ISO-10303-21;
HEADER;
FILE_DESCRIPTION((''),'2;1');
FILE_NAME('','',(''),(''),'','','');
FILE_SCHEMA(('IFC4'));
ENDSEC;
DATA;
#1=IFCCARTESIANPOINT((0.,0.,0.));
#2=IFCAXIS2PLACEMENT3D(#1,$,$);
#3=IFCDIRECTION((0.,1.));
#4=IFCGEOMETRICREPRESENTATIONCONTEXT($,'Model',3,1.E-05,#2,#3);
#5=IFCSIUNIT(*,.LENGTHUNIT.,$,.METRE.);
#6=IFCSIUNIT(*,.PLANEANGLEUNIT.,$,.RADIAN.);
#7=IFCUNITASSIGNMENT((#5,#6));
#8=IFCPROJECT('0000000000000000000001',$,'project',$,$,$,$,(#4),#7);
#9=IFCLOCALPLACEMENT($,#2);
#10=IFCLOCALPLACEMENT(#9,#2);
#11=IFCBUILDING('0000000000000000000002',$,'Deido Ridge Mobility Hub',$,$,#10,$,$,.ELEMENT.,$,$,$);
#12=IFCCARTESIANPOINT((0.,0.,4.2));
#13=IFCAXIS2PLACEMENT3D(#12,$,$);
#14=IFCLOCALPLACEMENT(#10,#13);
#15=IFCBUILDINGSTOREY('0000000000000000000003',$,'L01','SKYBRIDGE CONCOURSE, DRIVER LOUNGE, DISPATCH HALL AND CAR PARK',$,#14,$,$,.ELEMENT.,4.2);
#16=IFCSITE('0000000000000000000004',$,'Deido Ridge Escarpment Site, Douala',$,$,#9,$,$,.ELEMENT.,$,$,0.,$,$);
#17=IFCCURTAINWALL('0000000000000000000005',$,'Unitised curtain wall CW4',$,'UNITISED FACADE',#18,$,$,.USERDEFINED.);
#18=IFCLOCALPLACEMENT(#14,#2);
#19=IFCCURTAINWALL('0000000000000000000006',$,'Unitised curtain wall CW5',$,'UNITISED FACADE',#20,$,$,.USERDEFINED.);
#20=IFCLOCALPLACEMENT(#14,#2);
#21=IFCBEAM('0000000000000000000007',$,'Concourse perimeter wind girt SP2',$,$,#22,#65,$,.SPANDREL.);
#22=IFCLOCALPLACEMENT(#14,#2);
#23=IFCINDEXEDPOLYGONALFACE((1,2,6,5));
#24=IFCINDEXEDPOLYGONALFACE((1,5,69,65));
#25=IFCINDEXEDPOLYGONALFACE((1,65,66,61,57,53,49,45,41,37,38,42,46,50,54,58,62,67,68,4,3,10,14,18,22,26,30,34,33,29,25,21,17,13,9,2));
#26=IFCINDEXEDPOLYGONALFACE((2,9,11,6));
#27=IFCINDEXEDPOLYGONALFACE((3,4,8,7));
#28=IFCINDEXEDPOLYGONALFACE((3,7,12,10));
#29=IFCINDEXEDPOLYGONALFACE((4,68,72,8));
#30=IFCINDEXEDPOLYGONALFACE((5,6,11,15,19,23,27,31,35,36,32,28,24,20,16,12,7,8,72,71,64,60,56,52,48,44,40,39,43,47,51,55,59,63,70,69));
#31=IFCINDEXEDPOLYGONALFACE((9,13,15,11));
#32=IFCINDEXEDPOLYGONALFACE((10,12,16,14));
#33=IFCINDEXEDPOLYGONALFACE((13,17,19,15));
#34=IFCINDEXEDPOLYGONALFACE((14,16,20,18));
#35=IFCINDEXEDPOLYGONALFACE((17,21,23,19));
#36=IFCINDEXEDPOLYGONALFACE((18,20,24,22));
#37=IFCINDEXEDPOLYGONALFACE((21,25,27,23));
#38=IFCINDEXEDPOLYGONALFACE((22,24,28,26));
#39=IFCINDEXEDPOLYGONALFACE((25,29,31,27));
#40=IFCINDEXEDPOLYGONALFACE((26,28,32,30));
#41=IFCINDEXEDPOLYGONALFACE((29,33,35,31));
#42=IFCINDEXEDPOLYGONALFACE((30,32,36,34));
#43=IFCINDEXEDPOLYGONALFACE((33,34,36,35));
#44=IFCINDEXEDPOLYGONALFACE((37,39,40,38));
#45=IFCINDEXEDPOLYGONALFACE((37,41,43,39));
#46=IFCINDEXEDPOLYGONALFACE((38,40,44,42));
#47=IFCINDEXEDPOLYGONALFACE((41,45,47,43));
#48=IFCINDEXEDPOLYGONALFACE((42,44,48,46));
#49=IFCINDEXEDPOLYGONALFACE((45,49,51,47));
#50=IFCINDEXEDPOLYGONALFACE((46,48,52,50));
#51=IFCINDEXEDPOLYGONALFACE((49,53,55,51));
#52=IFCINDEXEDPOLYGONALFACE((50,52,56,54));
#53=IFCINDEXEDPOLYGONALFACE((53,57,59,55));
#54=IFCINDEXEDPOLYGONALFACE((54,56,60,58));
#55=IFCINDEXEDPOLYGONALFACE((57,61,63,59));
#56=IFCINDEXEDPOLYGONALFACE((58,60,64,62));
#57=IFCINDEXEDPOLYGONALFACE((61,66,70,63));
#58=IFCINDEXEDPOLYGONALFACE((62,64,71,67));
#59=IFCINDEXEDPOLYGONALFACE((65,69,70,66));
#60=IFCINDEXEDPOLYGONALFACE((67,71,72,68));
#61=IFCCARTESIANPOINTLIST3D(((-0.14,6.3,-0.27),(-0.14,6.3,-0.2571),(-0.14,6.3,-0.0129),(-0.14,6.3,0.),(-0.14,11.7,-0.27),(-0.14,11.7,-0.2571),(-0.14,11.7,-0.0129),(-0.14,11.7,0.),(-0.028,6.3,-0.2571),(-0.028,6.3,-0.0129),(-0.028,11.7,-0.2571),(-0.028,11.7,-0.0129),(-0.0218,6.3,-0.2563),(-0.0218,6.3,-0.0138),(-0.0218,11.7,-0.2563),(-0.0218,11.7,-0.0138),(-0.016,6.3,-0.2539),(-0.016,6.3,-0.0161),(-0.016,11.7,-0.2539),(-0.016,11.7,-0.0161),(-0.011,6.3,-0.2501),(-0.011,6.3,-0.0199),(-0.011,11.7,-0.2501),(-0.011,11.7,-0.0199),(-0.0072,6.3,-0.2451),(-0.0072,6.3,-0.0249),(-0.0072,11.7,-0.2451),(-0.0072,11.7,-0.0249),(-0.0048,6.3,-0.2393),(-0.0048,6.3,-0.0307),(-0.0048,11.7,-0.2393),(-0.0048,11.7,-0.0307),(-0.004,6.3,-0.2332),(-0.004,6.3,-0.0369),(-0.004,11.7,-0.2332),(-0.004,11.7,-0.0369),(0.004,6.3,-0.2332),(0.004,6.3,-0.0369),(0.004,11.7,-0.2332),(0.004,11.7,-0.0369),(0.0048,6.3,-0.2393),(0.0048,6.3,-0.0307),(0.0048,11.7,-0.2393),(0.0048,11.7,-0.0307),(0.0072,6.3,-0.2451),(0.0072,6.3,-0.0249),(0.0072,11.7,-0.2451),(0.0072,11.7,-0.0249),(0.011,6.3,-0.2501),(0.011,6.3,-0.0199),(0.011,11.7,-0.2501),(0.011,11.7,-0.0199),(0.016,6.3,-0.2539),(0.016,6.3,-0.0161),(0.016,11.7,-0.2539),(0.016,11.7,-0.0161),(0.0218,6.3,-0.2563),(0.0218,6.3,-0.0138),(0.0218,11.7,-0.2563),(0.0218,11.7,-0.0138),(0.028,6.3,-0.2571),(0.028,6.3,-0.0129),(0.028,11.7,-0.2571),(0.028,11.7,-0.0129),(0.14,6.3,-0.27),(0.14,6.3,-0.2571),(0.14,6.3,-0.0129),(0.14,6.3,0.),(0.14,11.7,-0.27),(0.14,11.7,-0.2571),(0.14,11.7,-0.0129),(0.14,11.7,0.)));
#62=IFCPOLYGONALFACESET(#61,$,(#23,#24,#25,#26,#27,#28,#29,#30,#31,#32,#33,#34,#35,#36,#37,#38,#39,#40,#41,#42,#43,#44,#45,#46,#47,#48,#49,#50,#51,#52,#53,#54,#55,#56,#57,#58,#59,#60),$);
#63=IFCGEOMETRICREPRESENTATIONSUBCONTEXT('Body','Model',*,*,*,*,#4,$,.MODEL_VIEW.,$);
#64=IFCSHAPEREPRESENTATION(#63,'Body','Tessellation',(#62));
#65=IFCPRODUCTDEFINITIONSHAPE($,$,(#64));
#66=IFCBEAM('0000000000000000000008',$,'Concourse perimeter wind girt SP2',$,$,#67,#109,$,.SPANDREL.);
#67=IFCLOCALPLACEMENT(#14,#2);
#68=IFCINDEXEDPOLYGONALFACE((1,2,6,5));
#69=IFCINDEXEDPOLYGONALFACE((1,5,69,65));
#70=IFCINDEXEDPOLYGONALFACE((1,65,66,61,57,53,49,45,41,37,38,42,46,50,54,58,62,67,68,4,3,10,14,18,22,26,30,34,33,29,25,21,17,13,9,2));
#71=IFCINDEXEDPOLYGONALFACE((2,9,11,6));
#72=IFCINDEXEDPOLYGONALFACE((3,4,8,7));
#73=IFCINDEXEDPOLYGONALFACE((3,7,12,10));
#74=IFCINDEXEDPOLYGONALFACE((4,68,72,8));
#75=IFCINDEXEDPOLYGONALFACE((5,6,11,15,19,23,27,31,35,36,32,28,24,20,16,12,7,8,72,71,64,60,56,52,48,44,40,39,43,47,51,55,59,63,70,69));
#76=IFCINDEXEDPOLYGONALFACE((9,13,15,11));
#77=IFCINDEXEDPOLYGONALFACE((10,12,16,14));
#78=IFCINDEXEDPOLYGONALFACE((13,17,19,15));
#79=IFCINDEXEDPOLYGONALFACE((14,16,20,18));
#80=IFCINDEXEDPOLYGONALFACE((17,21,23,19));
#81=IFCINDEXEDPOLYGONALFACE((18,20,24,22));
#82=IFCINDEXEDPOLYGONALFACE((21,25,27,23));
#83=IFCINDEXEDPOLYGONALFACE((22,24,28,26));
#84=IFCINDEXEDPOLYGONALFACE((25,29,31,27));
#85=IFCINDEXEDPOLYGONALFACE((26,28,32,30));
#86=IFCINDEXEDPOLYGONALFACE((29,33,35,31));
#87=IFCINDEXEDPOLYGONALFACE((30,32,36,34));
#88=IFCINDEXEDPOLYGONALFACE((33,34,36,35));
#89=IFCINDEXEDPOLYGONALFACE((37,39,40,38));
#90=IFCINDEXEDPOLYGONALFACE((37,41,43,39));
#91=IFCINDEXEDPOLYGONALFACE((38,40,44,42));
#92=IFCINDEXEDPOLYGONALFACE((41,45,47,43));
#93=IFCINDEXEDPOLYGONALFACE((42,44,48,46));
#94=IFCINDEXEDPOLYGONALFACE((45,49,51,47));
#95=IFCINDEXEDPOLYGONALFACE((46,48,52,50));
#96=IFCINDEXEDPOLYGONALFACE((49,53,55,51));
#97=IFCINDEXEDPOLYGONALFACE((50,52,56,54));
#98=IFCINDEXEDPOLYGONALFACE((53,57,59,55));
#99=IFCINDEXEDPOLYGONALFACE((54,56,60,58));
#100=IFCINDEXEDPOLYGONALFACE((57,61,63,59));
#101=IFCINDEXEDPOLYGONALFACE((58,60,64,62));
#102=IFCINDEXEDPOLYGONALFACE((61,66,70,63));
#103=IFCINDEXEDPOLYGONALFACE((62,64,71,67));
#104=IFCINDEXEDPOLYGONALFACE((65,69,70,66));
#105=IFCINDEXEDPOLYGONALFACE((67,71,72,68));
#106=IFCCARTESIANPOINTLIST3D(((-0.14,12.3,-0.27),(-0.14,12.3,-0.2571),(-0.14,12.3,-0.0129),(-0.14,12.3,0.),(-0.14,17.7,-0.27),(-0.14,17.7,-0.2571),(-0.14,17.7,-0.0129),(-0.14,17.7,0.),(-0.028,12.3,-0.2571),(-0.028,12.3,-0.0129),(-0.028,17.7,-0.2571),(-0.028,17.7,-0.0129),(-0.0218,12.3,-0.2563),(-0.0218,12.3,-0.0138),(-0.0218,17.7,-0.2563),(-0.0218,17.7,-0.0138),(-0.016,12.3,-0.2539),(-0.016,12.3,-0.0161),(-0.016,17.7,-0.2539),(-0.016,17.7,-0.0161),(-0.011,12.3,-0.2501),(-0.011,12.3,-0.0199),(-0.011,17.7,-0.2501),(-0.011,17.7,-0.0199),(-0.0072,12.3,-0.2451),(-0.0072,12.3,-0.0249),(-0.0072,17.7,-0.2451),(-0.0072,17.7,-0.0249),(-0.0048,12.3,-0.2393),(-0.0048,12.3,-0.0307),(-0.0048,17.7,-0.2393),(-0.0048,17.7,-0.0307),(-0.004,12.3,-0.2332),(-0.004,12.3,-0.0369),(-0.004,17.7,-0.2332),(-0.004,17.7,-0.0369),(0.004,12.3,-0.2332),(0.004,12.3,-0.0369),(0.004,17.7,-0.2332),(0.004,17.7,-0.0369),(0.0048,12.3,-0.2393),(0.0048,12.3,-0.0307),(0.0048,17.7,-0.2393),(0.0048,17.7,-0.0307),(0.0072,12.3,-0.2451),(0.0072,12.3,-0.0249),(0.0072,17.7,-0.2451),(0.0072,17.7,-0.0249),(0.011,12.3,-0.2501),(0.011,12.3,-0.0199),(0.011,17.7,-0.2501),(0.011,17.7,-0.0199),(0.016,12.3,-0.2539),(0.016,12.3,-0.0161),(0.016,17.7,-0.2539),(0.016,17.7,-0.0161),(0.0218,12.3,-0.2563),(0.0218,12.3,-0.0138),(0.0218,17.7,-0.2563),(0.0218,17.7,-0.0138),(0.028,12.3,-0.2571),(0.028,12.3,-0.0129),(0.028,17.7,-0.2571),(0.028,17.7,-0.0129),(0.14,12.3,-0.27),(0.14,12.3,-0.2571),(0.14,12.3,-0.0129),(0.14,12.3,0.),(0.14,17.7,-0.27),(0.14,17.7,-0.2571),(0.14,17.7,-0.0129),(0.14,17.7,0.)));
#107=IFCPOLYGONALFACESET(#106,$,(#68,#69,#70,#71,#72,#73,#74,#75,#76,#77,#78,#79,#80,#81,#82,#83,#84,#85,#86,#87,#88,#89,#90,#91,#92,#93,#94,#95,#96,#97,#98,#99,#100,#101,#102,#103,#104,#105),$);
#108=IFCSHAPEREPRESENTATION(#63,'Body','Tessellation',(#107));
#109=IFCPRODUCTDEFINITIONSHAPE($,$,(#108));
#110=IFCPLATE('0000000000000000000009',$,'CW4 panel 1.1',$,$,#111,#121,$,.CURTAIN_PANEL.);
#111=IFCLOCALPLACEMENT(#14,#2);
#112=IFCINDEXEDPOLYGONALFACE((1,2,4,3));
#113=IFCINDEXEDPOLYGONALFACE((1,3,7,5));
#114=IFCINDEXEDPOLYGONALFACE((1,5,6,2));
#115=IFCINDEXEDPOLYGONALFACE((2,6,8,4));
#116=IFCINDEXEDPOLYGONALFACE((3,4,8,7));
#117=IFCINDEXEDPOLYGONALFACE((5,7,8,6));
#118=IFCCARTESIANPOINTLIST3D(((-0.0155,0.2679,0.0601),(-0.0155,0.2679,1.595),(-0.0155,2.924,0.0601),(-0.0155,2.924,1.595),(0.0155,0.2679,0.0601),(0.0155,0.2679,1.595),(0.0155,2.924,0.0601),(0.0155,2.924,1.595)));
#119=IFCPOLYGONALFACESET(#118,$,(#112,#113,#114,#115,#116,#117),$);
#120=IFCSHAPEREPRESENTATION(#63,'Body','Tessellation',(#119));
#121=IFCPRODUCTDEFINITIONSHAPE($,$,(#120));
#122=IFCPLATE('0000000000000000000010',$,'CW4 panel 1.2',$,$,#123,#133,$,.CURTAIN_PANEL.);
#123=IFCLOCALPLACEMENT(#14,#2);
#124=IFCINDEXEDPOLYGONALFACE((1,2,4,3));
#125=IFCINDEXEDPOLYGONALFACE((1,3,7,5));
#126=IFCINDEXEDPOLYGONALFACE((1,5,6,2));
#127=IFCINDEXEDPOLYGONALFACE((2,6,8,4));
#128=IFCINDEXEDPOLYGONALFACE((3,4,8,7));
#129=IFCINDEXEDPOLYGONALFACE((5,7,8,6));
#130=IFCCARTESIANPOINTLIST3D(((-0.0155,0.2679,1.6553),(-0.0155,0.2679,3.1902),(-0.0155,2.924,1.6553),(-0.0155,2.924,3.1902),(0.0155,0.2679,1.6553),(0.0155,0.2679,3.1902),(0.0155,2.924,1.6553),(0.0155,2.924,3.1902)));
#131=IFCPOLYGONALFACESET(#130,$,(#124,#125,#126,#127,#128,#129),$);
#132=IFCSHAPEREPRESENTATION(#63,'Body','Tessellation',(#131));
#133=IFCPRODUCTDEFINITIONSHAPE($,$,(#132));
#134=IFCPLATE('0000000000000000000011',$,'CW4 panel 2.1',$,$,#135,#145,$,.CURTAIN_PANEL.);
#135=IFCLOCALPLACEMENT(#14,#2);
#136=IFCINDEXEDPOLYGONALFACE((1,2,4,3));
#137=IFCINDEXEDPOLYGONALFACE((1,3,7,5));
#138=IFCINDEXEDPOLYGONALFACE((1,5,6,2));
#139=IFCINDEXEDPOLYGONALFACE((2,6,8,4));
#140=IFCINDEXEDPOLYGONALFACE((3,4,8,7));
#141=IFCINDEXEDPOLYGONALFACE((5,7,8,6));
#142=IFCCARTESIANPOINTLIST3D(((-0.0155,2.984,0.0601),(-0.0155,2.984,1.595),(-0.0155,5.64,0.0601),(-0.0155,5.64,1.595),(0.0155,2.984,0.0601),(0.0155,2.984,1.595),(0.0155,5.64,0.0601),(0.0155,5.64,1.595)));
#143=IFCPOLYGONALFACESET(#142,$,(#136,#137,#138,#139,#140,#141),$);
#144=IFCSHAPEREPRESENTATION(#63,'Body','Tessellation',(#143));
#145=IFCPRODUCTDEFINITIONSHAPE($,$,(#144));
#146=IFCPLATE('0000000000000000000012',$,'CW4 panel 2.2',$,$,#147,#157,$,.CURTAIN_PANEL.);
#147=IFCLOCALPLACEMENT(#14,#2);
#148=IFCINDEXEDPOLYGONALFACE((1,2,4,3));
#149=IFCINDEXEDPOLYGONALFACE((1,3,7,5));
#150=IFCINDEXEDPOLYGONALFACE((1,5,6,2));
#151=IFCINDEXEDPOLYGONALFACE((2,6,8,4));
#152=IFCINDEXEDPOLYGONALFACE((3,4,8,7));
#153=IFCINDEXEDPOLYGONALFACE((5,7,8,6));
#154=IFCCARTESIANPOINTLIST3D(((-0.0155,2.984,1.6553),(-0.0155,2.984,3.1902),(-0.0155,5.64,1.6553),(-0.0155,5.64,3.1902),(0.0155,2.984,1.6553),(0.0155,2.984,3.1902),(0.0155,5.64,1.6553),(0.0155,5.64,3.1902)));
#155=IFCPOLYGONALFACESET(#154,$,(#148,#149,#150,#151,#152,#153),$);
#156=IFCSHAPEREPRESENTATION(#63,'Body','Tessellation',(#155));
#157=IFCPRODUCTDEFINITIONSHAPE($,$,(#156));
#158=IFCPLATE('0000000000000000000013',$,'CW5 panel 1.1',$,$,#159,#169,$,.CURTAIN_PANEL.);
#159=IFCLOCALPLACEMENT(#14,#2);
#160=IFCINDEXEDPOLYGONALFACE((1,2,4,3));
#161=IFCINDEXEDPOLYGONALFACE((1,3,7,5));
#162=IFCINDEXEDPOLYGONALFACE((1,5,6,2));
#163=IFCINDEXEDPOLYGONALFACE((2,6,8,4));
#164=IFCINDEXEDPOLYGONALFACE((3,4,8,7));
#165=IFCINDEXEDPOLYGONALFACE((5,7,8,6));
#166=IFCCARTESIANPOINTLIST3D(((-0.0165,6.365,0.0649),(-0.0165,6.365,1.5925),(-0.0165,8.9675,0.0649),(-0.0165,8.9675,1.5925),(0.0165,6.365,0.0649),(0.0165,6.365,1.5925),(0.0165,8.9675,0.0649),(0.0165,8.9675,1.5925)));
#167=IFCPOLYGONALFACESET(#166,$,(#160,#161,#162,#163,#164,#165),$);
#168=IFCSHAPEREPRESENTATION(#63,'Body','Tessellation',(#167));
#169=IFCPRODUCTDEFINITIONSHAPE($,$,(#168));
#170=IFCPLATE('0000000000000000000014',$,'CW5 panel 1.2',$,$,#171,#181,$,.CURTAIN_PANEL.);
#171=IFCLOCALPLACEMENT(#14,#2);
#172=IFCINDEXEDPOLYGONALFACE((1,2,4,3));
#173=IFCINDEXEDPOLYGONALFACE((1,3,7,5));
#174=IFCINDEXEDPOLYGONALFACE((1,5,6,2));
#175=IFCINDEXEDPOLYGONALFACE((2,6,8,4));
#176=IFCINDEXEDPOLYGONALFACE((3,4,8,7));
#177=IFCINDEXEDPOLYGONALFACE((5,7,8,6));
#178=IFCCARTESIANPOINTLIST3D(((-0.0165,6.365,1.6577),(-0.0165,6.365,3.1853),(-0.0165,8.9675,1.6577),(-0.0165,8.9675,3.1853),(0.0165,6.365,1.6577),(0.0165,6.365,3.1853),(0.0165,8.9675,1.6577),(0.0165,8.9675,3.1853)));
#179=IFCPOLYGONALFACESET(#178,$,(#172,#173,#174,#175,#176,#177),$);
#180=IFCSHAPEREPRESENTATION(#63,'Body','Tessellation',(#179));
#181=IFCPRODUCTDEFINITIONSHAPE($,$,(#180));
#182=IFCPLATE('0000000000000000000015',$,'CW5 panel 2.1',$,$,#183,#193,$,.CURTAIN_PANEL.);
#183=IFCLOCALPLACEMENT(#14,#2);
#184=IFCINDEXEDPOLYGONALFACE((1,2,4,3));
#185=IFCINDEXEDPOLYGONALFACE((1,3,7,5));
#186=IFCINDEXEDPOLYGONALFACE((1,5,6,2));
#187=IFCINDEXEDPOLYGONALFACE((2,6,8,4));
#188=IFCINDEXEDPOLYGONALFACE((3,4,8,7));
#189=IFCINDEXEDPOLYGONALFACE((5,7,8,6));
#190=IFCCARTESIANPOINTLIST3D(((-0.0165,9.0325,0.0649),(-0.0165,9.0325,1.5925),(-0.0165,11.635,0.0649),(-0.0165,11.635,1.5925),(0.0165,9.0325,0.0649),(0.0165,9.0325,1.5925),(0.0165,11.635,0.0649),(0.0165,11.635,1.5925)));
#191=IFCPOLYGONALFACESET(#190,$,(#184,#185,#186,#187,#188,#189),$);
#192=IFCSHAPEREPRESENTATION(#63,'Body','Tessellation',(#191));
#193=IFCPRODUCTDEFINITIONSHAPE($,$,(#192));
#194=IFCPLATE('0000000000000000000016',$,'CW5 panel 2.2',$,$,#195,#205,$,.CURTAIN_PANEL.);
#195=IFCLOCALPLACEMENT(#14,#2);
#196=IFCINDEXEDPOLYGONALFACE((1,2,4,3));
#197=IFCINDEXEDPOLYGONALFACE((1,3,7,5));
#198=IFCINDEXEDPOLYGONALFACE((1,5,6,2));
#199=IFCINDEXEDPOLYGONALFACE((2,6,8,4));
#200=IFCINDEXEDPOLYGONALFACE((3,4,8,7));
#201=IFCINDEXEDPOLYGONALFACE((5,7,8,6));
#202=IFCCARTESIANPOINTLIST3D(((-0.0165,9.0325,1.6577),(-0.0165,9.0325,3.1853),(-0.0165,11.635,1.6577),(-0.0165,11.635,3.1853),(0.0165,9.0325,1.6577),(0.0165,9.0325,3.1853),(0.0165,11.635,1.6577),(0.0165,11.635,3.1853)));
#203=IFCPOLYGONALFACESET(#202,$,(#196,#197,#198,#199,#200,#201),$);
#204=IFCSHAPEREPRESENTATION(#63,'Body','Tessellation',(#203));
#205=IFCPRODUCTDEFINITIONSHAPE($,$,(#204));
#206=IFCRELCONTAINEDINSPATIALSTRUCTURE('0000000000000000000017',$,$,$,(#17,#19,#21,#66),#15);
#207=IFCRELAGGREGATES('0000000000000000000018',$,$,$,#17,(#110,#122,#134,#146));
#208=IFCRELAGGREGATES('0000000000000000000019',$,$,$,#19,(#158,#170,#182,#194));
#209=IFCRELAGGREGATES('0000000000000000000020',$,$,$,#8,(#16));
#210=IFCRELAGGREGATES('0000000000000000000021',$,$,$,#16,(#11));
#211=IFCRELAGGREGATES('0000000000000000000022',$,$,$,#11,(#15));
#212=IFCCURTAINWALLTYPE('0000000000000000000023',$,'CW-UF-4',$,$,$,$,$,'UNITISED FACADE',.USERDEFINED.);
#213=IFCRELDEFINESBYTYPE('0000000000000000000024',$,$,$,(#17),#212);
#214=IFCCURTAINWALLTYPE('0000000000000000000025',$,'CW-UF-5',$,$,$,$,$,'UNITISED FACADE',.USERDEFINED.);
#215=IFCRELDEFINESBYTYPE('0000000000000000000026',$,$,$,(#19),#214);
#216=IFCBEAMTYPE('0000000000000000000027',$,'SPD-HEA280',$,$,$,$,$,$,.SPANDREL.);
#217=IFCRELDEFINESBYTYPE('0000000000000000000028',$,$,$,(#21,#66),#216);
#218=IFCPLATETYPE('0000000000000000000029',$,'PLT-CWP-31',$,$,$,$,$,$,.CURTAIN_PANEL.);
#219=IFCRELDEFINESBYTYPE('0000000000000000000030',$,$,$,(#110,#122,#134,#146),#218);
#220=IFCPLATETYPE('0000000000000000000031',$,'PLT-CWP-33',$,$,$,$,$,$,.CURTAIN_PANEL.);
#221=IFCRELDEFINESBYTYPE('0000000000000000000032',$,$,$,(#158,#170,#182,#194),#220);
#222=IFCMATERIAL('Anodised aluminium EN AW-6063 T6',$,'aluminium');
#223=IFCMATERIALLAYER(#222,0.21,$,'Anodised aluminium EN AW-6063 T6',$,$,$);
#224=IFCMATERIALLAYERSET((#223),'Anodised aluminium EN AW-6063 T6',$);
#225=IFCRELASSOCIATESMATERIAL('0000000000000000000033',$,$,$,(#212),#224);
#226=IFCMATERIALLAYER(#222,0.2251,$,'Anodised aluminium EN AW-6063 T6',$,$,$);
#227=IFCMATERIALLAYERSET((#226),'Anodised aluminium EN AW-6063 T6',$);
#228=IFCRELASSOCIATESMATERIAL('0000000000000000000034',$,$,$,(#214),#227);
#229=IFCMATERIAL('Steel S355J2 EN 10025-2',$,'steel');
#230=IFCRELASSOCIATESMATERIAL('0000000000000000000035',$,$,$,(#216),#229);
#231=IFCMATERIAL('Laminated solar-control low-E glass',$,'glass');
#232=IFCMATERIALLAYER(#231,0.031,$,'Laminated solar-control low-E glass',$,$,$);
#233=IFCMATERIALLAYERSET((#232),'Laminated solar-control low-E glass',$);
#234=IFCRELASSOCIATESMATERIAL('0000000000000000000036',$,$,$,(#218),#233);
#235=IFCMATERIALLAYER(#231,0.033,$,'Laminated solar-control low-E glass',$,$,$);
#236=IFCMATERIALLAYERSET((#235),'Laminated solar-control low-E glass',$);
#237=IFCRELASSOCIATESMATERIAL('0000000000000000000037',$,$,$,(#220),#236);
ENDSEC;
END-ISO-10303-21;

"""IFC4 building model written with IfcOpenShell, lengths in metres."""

from ifc_helpers import new_model, si_unit, direction, frame, origin, origin_2d, place, context, subcontext, project, spatial, rectangle, i_section, extrude, material, layer, layer_set, material_profile, profile_set, type_object, element, aggregate, save


model = new_model("IFC4")

# Units and contexts
model_context = context("Model", 3, precision=1e-05, world=origin(), true_north=direction((0.0, 1.0)))
body_context = subcontext(model_context, "Body", "Model", "MODEL_VIEW")
ifc_project = project(units=[si_unit("LENGTHUNIT", "METRE"), si_unit("PLANEANGLEUNIT", "RADIAN")], contexts=[model_context])

# Site, building, storey
site_placement = place(None, origin())
site = spatial("IfcSite", under=ifc_project, at=site_placement, Name="Deido Ridge Escarpment Site, Douala", CompositionType="ELEMENT", RefElevation=0.0)
building_placement = place(site_placement, origin())
building = spatial("IfcBuilding", under=site, at=building_placement, Name="Deido Ridge Mobility Hub", CompositionType="ELEMENT")
storey_placement = place(building_placement, frame((0.0, 0.0, 4.2)))
storey = spatial("IfcBuildingStorey", under=building, at=storey_placement, Name="L01", Description="SKYBRIDGE CONCOURSE, DRIVER LOUNGE, DISPATCH HALL AND CAR PARK", CompositionType="ELEMENT", Elevation=4.2)

# Shared definitions
ifc_material_1 = material(Name="Steel S355J2 EN 10025-2", Category="steel")

# Curtain walls
ifc_material_2 = material(Name="Anodised aluminium EN AW-6063 T6", Category="aluminium")
ifc_layer_1 = layer(ifc_material_2, 0.21, Name="Anodised aluminium EN AW-6063 T6")
ifc_layer_set_1 = layer_set([ifc_layer_1], Name="Anodised aluminium EN AW-6063 T6")
curtain_wall_type_1 = type_object("IfcCurtainWallType", Name="CW-UF-4", ElementType="UNITISED FACADE", PredefinedType="USERDEFINED", material=ifc_layer_set_1)
curtain_wall_1_placement = place(storey_placement, origin())
curtain_wall_1 = element("IfcCurtainWall", 1, at=curtain_wall_1_placement, inside=storey, type_object=curtain_wall_type_1, Name="Unitised curtain wall CW4", ObjectType="UNITISED FACADE", PredefinedType="USERDEFINED")
ifc_layer_2 = layer(ifc_material_2, 0.2251, Name="Anodised aluminium EN AW-6063 T6")
ifc_layer_set_2 = layer_set([ifc_layer_2], Name="Anodised aluminium EN AW-6063 T6")
curtain_wall_type_2 = type_object("IfcCurtainWallType", Name="CW-UF-5", ElementType="UNITISED FACADE", PredefinedType="USERDEFINED", material=ifc_layer_set_2)
curtain_wall_2_placement = place(storey_placement, origin())
curtain_wall_2 = element("IfcCurtainWall", 2, at=curtain_wall_2_placement, inside=storey, type_object=curtain_wall_type_2, Name="Unitised curtain wall CW5", ObjectType="UNITISED FACADE", PredefinedType="USERDEFINED")

# Beams
ifc_material_profile_1 = material_profile(ifc_material_1, i_section(OverallWidth=0.28, OverallDepth=0.27, WebThickness=0.0081, FlangeThickness=0.0129, FilletRadius=0.0239, at=origin_2d()), Name="HEA 280")
ifc_profile_set_1 = profile_set([ifc_material_profile_1], Name="Steel S355J2 EN 10025-2")
beam_type = type_object("IfcBeamType", Name="SPD-HEA280", PredefinedType="SPANDREL", material=ifc_profile_set_1)
for number, where, z_axis, x_axis, name in (
    (3, (0.0, 6.3, -0.135), (0.0, 1.0, 0.0), (-1.0, 0.0, 0.0), "Concourse perimeter wind girt SP2"),
    (4, (0.0, 12.3, -0.135), (0.0, 1.0, 0.0), (-1.0, 0.0, 0.0), "Concourse perimeter wind girt SP2"),
):
    element("IfcBeam", number, at=place(storey_placement, frame(where, z_axis=z_axis, x_axis=x_axis)), inside=storey, type_object=beam_type, Name=name, PredefinedType="SPANDREL", context=body_context, shape_type="SweptSolid", body=[
        extrude(i_section(OverallWidth=0.28, OverallDepth=0.27, WebThickness=0.0081, FlangeThickness=0.0129, FilletRadius=0.0239, at=origin_2d()), origin(), (0.0, 0.0, 1.0), 5.3999),
    ])

# Plates
ifc_material_3 = material(Name="Laminated solar-control low-E glass", Category="glass")
ifc_layer_3 = layer(ifc_material_3, 0.031, Name="Laminated solar-control low-E glass")
ifc_layer_set_3 = layer_set([ifc_layer_3], Name="Laminated solar-control low-E glass")
plate_type_1 = type_object("IfcPlateType", Name="PLT-CWP-31", PredefinedType="CURTAIN_PANEL", material=ifc_layer_set_3)
plate_1_placement = place(storey_placement, frame((0.0, 1.5959, 0.0601), z_axis=(0.0, 0.0, 1.0), x_axis=(0.0, 1.0, 0.0)))
plate_1 = element("IfcPlate", 5, at=plate_1_placement, type_object=plate_type_1, Name="CW4 panel 1.1", PredefinedType="CURTAIN_PANEL", context=body_context, shape_type="SweptSolid", body=[
    extrude(rectangle(XDim=2.656, YDim=0.031, at=origin_2d()), origin(), (0.0, 0.0, 1.0), 1.5349),
])
plate_2_placement = place(storey_placement, frame((0.0, 1.5959, 1.6553), z_axis=(0.0, 0.0, 1.0), x_axis=(0.0, 1.0, 0.0)))
plate_2 = element("IfcPlate", 6, at=plate_2_placement, type_object=plate_type_1, Name="CW4 panel 1.2", PredefinedType="CURTAIN_PANEL", context=body_context, shape_type="SweptSolid", body=[
    extrude(rectangle(XDim=2.656, YDim=0.031, at=origin_2d()), origin(), (0.0, 0.0, 1.0), 1.5349),
])
plate_3_placement = place(storey_placement, frame((0.0, 4.312, 0.0601), z_axis=(0.0, 0.0, 1.0), x_axis=(0.0, 1.0, 0.0)))
plate_3 = element("IfcPlate", 7, at=plate_3_placement, type_object=plate_type_1, Name="CW4 panel 2.1", PredefinedType="CURTAIN_PANEL", context=body_context, shape_type="SweptSolid", body=[
    extrude(rectangle(XDim=2.656, YDim=0.031, at=origin_2d()), origin(), (0.0, 0.0, 1.0), 1.5349),
])
plate_4_placement = place(storey_placement, frame((0.0, 4.312, 1.6553), z_axis=(0.0, 0.0, 1.0), x_axis=(0.0, 1.0, 0.0)))
plate_4 = element("IfcPlate", 8, at=plate_4_placement, type_object=plate_type_1, Name="CW4 panel 2.2", PredefinedType="CURTAIN_PANEL", context=body_context, shape_type="SweptSolid", body=[
    extrude(rectangle(XDim=2.656, YDim=0.031, at=origin_2d()), origin(), (0.0, 0.0, 1.0), 1.5349),
])
aggregate(curtain_wall_1, [plate_1, plate_2, plate_3, plate_4])
ifc_layer_4 = layer(ifc_material_3, 0.033, Name="Laminated solar-control low-E glass")
ifc_layer_set_4 = layer_set([ifc_layer_4], Name="Laminated solar-control low-E glass")
plate_type_2 = type_object("IfcPlateType", Name="PLT-CWP-33", PredefinedType="CURTAIN_PANEL", material=ifc_layer_set_4)
plate_5_placement = place(storey_placement, frame((0.0, 7.6663, 0.0649), z_axis=(0.0, 0.0, 1.0), x_axis=(0.0, 1.0, 0.0)))
plate_5 = element("IfcPlate", 9, at=plate_5_placement, type_object=plate_type_2, Name="CW5 panel 1.1", PredefinedType="CURTAIN_PANEL", context=body_context, shape_type="SweptSolid", body=[
    extrude(rectangle(XDim=2.6025, YDim=0.033, at=origin_2d()), origin(), (0.0, 0.0, 1.0), 1.5276),
])
plate_6_placement = place(storey_placement, frame((0.0, 7.6663, 1.6577), z_axis=(0.0, 0.0, 1.0), x_axis=(0.0, 1.0, 0.0)))
plate_6 = element("IfcPlate", 10, at=plate_6_placement, type_object=plate_type_2, Name="CW5 panel 1.2", PredefinedType="CURTAIN_PANEL", context=body_context, shape_type="SweptSolid", body=[
    extrude(rectangle(XDim=2.6025, YDim=0.033, at=origin_2d()), origin(), (0.0, 0.0, 1.0), 1.5276),
])
plate_7_placement = place(storey_placement, frame((0.0, 10.3337, 0.0649), z_axis=(0.0, 0.0, 1.0), x_axis=(0.0, 1.0, 0.0)))
plate_7 = element("IfcPlate", 11, at=plate_7_placement, type_object=plate_type_2, Name="CW5 panel 2.1", PredefinedType="CURTAIN_PANEL", context=body_context, shape_type="SweptSolid", body=[
    extrude(rectangle(XDim=2.6025, YDim=0.033, at=origin_2d()), origin(), (0.0, 0.0, 1.0), 1.5276),
])
plate_8_placement = place(storey_placement, frame((0.0, 10.3337, 1.6577), z_axis=(0.0, 0.0, 1.0), x_axis=(0.0, 1.0, 0.0)))
plate_8 = element("IfcPlate", 12, at=plate_8_placement, type_object=plate_type_2, Name="CW5 panel 2.2", PredefinedType="CURTAIN_PANEL", context=body_context, shape_type="SweptSolid", body=[
    extrude(rectangle(XDim=2.6025, YDim=0.033, at=origin_2d()), origin(), (0.0, 0.0, 1.0), 1.5276),
])
aggregate(curtain_wall_2, [plate_5, plate_6, plate_7, plate_8])

save(model, "model.ifc")
